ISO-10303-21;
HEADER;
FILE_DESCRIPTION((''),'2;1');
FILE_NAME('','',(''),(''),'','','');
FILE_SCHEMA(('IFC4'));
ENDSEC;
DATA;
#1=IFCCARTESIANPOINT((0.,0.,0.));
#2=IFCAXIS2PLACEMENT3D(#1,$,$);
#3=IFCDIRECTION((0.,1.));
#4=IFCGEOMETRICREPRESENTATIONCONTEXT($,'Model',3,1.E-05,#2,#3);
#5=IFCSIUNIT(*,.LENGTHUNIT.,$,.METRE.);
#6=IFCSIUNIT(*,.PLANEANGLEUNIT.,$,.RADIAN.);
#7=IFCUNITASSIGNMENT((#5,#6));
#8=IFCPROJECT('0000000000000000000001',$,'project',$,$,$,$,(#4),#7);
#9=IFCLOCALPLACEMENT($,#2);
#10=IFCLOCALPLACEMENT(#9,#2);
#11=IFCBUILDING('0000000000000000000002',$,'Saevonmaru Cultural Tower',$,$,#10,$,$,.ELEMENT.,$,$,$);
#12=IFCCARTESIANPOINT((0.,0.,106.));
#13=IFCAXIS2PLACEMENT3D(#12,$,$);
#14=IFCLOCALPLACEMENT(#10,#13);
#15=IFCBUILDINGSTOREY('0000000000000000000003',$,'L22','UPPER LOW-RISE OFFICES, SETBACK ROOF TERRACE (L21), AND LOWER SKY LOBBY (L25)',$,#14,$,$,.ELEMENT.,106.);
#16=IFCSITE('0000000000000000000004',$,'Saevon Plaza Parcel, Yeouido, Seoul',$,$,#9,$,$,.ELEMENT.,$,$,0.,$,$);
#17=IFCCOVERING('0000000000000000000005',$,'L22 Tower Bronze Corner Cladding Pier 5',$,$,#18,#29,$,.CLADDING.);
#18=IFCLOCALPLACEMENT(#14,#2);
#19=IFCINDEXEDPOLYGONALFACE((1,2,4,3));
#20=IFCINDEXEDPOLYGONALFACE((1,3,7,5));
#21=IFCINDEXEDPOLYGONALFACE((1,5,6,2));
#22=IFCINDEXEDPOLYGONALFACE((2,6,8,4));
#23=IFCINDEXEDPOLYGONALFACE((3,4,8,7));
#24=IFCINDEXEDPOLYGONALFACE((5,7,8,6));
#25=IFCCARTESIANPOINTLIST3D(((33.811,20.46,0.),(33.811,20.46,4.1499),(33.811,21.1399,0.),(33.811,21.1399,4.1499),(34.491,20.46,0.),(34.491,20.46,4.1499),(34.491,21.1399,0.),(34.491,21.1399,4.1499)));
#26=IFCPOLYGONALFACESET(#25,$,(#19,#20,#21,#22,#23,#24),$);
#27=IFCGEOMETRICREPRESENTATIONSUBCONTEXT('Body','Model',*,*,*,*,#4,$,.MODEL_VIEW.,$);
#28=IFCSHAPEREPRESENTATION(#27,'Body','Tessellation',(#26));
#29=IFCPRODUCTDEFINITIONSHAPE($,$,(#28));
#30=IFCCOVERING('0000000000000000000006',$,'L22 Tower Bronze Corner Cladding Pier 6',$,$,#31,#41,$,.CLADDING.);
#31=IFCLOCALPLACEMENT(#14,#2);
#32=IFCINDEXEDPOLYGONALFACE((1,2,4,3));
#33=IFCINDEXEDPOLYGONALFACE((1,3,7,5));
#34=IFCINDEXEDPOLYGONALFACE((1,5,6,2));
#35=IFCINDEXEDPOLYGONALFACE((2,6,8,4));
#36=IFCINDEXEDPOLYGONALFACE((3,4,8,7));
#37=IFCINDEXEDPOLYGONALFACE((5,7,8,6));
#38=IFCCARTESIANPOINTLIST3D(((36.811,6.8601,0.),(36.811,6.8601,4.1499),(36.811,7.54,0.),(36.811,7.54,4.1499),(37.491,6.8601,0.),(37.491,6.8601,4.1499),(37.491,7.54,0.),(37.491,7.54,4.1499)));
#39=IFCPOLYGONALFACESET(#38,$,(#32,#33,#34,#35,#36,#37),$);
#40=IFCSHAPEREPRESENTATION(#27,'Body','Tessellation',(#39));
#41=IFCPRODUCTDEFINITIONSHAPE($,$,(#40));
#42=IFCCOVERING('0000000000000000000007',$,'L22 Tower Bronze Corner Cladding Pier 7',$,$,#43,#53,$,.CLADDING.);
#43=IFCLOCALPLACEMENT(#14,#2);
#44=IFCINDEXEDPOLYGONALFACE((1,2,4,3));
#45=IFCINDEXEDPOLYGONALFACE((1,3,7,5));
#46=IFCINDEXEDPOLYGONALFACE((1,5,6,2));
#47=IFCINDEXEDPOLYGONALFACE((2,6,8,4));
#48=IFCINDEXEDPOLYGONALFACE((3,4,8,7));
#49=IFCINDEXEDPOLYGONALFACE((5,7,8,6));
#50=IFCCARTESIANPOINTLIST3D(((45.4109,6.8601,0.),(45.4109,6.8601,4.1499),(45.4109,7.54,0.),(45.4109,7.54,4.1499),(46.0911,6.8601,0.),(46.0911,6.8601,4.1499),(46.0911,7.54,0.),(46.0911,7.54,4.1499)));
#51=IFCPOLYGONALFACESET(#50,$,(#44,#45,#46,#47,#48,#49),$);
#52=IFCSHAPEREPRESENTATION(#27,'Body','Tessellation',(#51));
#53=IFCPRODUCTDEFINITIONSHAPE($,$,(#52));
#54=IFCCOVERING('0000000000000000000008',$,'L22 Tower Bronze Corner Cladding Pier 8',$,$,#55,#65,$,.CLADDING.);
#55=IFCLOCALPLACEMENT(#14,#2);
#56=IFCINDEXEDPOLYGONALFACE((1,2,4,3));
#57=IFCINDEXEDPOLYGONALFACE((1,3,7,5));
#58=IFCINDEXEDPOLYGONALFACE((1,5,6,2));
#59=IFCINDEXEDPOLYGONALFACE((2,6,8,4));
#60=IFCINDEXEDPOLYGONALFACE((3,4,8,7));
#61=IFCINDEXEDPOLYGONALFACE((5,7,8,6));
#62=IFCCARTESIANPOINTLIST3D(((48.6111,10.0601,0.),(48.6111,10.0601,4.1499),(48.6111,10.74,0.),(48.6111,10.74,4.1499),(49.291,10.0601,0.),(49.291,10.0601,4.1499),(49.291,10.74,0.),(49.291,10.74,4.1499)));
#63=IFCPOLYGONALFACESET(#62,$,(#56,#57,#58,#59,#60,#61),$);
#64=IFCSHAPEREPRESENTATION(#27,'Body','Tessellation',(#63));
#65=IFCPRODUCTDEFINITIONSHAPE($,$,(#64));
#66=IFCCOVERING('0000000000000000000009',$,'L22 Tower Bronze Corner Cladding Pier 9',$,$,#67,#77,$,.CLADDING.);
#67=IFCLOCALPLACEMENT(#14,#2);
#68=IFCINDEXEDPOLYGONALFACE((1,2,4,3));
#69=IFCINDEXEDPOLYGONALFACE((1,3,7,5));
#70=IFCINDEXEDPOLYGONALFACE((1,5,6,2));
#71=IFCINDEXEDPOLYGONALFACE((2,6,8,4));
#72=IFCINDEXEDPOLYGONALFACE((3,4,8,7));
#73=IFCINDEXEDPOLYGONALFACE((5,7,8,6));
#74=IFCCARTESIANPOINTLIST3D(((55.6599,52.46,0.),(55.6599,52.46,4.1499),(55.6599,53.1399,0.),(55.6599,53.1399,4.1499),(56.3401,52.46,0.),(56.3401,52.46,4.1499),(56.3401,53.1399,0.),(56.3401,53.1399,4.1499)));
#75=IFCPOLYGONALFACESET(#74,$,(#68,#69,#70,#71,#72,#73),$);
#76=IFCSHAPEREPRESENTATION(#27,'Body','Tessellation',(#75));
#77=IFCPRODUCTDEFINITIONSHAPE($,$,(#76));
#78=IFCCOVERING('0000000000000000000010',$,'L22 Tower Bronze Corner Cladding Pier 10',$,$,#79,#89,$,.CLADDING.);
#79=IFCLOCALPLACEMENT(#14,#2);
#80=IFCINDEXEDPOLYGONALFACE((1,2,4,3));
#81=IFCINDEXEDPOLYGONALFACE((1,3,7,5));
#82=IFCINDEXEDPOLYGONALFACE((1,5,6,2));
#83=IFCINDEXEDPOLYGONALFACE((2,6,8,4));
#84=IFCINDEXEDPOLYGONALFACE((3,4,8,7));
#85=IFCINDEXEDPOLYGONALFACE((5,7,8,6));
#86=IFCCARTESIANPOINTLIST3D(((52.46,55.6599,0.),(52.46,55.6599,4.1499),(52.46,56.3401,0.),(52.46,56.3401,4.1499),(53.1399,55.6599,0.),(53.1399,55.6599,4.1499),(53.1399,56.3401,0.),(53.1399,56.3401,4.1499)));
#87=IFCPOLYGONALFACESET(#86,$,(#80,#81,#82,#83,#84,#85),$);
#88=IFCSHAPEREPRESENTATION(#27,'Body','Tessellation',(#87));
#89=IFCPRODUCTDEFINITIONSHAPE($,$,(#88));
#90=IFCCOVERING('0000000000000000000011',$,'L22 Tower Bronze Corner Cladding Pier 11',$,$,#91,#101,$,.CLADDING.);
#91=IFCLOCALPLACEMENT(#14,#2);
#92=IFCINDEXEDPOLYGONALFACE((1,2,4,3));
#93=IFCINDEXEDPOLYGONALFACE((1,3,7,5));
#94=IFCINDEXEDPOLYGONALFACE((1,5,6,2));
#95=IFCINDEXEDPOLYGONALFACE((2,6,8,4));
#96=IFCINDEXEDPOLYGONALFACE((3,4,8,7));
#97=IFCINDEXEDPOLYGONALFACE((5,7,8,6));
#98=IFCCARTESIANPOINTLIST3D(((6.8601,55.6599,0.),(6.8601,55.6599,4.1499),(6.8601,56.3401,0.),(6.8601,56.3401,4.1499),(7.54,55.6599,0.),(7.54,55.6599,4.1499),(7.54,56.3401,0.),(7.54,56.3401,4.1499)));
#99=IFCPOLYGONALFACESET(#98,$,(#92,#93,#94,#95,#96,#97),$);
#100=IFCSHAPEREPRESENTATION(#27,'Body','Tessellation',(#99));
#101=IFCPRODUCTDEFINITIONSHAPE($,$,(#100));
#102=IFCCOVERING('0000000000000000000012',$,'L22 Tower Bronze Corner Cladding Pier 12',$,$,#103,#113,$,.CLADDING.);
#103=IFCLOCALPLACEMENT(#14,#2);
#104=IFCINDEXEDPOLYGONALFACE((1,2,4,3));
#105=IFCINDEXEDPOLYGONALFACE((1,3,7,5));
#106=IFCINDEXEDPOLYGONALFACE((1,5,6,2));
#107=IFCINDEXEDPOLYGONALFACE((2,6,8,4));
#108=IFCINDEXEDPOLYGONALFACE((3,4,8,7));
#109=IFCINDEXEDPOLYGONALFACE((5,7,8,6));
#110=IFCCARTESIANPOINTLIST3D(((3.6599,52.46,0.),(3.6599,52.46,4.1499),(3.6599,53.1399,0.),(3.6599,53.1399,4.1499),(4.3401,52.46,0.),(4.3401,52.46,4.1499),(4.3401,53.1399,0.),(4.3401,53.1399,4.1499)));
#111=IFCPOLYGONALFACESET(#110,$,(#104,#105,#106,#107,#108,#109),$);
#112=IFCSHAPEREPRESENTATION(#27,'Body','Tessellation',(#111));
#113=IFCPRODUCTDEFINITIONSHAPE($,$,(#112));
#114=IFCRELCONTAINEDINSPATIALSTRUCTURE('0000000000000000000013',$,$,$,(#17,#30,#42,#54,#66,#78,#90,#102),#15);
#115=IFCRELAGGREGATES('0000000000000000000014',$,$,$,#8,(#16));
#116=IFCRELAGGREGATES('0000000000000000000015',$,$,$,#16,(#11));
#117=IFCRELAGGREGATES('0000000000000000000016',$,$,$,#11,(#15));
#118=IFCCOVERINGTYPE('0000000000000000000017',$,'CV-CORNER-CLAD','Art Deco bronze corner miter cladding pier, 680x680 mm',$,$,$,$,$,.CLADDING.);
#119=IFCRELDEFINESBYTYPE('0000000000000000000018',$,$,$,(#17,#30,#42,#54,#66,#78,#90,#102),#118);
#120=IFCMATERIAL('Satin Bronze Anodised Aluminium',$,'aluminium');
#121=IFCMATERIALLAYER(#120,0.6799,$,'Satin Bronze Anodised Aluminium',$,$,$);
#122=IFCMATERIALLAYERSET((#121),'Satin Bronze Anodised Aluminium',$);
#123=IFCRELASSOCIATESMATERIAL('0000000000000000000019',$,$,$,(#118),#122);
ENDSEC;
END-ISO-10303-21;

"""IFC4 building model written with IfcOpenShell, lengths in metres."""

from ifc_helpers import new_model, si_unit, direction, frame, origin, place, context, subcontext, project, spatial, polyline, outline, extrude, material, layer, layer_set, type_object, element, save


model = new_model("IFC4")

# Units and contexts
model_context = context("Model", 3, precision=1e-05, world=origin(), true_north=direction((0.0, 1.0)))
body_context = subcontext(model_context, "Body", "Model", "MODEL_VIEW")
ifc_project = project(units=[si_unit("LENGTHUNIT", "METRE"), si_unit("PLANEANGLEUNIT", "RADIAN")], contexts=[model_context])

# Site, building, storey
site_placement = place(None, origin())
site = spatial("IfcSite", under=ifc_project, at=site_placement, Name="Saevon Plaza Parcel, Yeouido, Seoul", CompositionType="ELEMENT", RefElevation=0.0)
building_placement = place(site_placement, origin())
building = spatial("IfcBuilding", under=site, at=building_placement, Name="Saevonmaru Cultural Tower", CompositionType="ELEMENT")
storey_placement = place(building_placement, frame((0.0, 0.0, 106.0)))
storey = spatial("IfcBuildingStorey", under=building, at=storey_placement, Name="L22", Description="UPPER LOW-RISE OFFICES, SETBACK ROOF TERRACE (L21), AND LOWER SKY LOBBY (L25)", CompositionType="ELEMENT", Elevation=106.0)

# Shared definitions
ifc_material_1 = material(Name="Satin Bronze Anodised Aluminium", Category="aluminium")

# Coverings
ifc_layer_1 = layer(ifc_material_1, 0.6799, Name="Satin Bronze Anodised Aluminium")
ifc_layer_set_1 = layer_set([ifc_layer_1], Name="Satin Bronze Anodised Aluminium")
covering_type = type_object("IfcCoveringType", Name="CV-CORNER-CLAD", Description="Art Deco bronze corner miter cladding pier, 680x680 mm", PredefinedType="CLADDING", material=ifc_layer_set_1)
covering_1_placement = place(storey_placement, origin())
element("IfcCovering", 1, at=covering_1_placement, inside=storey, type_object=covering_type, Name="L22 Tower Bronze Corner Cladding Pier 5", PredefinedType="CLADDING", context=body_context, shape_type="SweptSolid", body=[
    extrude(outline(polyline([(33.811, 20.46), (34.491, 20.46), (34.491, 21.1399), (33.811, 21.1399), (33.811, 20.46)])), origin(), (0.0, 0.0, 1.0), 4.1499),
])
covering_2_placement = place(storey_placement, origin())
element("IfcCovering", 2, at=covering_2_placement, inside=storey, type_object=covering_type, Name="L22 Tower Bronze Corner Cladding Pier 6", PredefinedType="CLADDING", context=body_context, shape_type="SweptSolid", body=[
    extrude(outline(polyline([(36.811, 6.8601), (37.491, 6.8601), (37.491, 7.54), (36.811, 7.54), (36.811, 6.8601)])), origin(), (0.0, 0.0, 1.0), 4.1499),
])
covering_3_placement = place(storey_placement, origin())
element("IfcCovering", 3, at=covering_3_placement, inside=storey, type_object=covering_type, Name="L22 Tower Bronze Corner Cladding Pier 7", PredefinedType="CLADDING", context=body_context, shape_type="SweptSolid", body=[
    extrude(outline(polyline([(45.4109, 6.8601), (46.0911, 6.8601), (46.0911, 7.54), (45.4109, 7.54), (45.4109, 6.8601)])), origin(), (0.0, 0.0, 1.0), 4.1499),
])
covering_4_placement = place(storey_placement, origin())
element("IfcCovering", 4, at=covering_4_placement, inside=storey, type_object=covering_type, Name="L22 Tower Bronze Corner Cladding Pier 8", PredefinedType="CLADDING", context=body_context, shape_type="SweptSolid", body=[
    extrude(outline(polyline([(48.6111, 10.0601), (49.291, 10.0601), (49.291, 10.74), (48.6111, 10.74), (48.6111, 10.0601)])), origin(), (0.0, 0.0, 1.0), 4.1499),
])
covering_5_placement = place(storey_placement, origin())
element("IfcCovering", 5, at=covering_5_placement, inside=storey, type_object=covering_type, Name="L22 Tower Bronze Corner Cladding Pier 9", PredefinedType="CLADDING", context=body_context, shape_type="SweptSolid", body=[
    extrude(outline(polyline([(55.6599, 52.46), (56.3401, 52.46), (56.3401, 53.1399), (55.6599, 53.1399), (55.6599, 52.46)])), origin(), (0.0, 0.0, 1.0), 4.1499),
])
covering_6_placement = place(storey_placement, origin())
element("IfcCovering", 6, at=covering_6_placement, inside=storey, type_object=covering_type, Name="L22 Tower Bronze Corner Cladding Pier 10", PredefinedType="CLADDING", context=body_context, shape_type="SweptSolid", body=[
    extrude(outline(polyline([(52.46, 55.6599), (53.1399, 55.6599), (53.1399, 56.3401), (52.46, 56.3401), (52.46, 55.6599)])), origin(), (0.0, 0.0, 1.0), 4.1499),
])
covering_7_placement = place(storey_placement, origin())
element("IfcCovering", 7, at=covering_7_placement, inside=storey, type_object=covering_type, Name="L22 Tower Bronze Corner Cladding Pier 11", PredefinedType="CLADDING", context=body_context, shape_type="SweptSolid", body=[
    extrude(outline(polyline([(6.8601, 55.6599), (7.54, 55.6599), (7.54, 56.3401), (6.8601, 56.3401), (6.8601, 55.6599)])), origin(), (0.0, 0.0, 1.0), 4.1499),
])
covering_8_placement = place(storey_placement, origin())
element("IfcCovering", 8, at=covering_8_placement, inside=storey, type_object=covering_type, Name="L22 Tower Bronze Corner Cladding Pier 12", PredefinedType="CLADDING", context=body_context, shape_type="SweptSolid", body=[
    extrude(outline(polyline([(3.6599, 52.46), (4.3401, 52.46), (4.3401, 53.1399), (3.6599, 53.1399), (3.6599, 52.46)])), origin(), (0.0, 0.0, 1.0), 4.1499),
])

save(model, "model.ifc")
